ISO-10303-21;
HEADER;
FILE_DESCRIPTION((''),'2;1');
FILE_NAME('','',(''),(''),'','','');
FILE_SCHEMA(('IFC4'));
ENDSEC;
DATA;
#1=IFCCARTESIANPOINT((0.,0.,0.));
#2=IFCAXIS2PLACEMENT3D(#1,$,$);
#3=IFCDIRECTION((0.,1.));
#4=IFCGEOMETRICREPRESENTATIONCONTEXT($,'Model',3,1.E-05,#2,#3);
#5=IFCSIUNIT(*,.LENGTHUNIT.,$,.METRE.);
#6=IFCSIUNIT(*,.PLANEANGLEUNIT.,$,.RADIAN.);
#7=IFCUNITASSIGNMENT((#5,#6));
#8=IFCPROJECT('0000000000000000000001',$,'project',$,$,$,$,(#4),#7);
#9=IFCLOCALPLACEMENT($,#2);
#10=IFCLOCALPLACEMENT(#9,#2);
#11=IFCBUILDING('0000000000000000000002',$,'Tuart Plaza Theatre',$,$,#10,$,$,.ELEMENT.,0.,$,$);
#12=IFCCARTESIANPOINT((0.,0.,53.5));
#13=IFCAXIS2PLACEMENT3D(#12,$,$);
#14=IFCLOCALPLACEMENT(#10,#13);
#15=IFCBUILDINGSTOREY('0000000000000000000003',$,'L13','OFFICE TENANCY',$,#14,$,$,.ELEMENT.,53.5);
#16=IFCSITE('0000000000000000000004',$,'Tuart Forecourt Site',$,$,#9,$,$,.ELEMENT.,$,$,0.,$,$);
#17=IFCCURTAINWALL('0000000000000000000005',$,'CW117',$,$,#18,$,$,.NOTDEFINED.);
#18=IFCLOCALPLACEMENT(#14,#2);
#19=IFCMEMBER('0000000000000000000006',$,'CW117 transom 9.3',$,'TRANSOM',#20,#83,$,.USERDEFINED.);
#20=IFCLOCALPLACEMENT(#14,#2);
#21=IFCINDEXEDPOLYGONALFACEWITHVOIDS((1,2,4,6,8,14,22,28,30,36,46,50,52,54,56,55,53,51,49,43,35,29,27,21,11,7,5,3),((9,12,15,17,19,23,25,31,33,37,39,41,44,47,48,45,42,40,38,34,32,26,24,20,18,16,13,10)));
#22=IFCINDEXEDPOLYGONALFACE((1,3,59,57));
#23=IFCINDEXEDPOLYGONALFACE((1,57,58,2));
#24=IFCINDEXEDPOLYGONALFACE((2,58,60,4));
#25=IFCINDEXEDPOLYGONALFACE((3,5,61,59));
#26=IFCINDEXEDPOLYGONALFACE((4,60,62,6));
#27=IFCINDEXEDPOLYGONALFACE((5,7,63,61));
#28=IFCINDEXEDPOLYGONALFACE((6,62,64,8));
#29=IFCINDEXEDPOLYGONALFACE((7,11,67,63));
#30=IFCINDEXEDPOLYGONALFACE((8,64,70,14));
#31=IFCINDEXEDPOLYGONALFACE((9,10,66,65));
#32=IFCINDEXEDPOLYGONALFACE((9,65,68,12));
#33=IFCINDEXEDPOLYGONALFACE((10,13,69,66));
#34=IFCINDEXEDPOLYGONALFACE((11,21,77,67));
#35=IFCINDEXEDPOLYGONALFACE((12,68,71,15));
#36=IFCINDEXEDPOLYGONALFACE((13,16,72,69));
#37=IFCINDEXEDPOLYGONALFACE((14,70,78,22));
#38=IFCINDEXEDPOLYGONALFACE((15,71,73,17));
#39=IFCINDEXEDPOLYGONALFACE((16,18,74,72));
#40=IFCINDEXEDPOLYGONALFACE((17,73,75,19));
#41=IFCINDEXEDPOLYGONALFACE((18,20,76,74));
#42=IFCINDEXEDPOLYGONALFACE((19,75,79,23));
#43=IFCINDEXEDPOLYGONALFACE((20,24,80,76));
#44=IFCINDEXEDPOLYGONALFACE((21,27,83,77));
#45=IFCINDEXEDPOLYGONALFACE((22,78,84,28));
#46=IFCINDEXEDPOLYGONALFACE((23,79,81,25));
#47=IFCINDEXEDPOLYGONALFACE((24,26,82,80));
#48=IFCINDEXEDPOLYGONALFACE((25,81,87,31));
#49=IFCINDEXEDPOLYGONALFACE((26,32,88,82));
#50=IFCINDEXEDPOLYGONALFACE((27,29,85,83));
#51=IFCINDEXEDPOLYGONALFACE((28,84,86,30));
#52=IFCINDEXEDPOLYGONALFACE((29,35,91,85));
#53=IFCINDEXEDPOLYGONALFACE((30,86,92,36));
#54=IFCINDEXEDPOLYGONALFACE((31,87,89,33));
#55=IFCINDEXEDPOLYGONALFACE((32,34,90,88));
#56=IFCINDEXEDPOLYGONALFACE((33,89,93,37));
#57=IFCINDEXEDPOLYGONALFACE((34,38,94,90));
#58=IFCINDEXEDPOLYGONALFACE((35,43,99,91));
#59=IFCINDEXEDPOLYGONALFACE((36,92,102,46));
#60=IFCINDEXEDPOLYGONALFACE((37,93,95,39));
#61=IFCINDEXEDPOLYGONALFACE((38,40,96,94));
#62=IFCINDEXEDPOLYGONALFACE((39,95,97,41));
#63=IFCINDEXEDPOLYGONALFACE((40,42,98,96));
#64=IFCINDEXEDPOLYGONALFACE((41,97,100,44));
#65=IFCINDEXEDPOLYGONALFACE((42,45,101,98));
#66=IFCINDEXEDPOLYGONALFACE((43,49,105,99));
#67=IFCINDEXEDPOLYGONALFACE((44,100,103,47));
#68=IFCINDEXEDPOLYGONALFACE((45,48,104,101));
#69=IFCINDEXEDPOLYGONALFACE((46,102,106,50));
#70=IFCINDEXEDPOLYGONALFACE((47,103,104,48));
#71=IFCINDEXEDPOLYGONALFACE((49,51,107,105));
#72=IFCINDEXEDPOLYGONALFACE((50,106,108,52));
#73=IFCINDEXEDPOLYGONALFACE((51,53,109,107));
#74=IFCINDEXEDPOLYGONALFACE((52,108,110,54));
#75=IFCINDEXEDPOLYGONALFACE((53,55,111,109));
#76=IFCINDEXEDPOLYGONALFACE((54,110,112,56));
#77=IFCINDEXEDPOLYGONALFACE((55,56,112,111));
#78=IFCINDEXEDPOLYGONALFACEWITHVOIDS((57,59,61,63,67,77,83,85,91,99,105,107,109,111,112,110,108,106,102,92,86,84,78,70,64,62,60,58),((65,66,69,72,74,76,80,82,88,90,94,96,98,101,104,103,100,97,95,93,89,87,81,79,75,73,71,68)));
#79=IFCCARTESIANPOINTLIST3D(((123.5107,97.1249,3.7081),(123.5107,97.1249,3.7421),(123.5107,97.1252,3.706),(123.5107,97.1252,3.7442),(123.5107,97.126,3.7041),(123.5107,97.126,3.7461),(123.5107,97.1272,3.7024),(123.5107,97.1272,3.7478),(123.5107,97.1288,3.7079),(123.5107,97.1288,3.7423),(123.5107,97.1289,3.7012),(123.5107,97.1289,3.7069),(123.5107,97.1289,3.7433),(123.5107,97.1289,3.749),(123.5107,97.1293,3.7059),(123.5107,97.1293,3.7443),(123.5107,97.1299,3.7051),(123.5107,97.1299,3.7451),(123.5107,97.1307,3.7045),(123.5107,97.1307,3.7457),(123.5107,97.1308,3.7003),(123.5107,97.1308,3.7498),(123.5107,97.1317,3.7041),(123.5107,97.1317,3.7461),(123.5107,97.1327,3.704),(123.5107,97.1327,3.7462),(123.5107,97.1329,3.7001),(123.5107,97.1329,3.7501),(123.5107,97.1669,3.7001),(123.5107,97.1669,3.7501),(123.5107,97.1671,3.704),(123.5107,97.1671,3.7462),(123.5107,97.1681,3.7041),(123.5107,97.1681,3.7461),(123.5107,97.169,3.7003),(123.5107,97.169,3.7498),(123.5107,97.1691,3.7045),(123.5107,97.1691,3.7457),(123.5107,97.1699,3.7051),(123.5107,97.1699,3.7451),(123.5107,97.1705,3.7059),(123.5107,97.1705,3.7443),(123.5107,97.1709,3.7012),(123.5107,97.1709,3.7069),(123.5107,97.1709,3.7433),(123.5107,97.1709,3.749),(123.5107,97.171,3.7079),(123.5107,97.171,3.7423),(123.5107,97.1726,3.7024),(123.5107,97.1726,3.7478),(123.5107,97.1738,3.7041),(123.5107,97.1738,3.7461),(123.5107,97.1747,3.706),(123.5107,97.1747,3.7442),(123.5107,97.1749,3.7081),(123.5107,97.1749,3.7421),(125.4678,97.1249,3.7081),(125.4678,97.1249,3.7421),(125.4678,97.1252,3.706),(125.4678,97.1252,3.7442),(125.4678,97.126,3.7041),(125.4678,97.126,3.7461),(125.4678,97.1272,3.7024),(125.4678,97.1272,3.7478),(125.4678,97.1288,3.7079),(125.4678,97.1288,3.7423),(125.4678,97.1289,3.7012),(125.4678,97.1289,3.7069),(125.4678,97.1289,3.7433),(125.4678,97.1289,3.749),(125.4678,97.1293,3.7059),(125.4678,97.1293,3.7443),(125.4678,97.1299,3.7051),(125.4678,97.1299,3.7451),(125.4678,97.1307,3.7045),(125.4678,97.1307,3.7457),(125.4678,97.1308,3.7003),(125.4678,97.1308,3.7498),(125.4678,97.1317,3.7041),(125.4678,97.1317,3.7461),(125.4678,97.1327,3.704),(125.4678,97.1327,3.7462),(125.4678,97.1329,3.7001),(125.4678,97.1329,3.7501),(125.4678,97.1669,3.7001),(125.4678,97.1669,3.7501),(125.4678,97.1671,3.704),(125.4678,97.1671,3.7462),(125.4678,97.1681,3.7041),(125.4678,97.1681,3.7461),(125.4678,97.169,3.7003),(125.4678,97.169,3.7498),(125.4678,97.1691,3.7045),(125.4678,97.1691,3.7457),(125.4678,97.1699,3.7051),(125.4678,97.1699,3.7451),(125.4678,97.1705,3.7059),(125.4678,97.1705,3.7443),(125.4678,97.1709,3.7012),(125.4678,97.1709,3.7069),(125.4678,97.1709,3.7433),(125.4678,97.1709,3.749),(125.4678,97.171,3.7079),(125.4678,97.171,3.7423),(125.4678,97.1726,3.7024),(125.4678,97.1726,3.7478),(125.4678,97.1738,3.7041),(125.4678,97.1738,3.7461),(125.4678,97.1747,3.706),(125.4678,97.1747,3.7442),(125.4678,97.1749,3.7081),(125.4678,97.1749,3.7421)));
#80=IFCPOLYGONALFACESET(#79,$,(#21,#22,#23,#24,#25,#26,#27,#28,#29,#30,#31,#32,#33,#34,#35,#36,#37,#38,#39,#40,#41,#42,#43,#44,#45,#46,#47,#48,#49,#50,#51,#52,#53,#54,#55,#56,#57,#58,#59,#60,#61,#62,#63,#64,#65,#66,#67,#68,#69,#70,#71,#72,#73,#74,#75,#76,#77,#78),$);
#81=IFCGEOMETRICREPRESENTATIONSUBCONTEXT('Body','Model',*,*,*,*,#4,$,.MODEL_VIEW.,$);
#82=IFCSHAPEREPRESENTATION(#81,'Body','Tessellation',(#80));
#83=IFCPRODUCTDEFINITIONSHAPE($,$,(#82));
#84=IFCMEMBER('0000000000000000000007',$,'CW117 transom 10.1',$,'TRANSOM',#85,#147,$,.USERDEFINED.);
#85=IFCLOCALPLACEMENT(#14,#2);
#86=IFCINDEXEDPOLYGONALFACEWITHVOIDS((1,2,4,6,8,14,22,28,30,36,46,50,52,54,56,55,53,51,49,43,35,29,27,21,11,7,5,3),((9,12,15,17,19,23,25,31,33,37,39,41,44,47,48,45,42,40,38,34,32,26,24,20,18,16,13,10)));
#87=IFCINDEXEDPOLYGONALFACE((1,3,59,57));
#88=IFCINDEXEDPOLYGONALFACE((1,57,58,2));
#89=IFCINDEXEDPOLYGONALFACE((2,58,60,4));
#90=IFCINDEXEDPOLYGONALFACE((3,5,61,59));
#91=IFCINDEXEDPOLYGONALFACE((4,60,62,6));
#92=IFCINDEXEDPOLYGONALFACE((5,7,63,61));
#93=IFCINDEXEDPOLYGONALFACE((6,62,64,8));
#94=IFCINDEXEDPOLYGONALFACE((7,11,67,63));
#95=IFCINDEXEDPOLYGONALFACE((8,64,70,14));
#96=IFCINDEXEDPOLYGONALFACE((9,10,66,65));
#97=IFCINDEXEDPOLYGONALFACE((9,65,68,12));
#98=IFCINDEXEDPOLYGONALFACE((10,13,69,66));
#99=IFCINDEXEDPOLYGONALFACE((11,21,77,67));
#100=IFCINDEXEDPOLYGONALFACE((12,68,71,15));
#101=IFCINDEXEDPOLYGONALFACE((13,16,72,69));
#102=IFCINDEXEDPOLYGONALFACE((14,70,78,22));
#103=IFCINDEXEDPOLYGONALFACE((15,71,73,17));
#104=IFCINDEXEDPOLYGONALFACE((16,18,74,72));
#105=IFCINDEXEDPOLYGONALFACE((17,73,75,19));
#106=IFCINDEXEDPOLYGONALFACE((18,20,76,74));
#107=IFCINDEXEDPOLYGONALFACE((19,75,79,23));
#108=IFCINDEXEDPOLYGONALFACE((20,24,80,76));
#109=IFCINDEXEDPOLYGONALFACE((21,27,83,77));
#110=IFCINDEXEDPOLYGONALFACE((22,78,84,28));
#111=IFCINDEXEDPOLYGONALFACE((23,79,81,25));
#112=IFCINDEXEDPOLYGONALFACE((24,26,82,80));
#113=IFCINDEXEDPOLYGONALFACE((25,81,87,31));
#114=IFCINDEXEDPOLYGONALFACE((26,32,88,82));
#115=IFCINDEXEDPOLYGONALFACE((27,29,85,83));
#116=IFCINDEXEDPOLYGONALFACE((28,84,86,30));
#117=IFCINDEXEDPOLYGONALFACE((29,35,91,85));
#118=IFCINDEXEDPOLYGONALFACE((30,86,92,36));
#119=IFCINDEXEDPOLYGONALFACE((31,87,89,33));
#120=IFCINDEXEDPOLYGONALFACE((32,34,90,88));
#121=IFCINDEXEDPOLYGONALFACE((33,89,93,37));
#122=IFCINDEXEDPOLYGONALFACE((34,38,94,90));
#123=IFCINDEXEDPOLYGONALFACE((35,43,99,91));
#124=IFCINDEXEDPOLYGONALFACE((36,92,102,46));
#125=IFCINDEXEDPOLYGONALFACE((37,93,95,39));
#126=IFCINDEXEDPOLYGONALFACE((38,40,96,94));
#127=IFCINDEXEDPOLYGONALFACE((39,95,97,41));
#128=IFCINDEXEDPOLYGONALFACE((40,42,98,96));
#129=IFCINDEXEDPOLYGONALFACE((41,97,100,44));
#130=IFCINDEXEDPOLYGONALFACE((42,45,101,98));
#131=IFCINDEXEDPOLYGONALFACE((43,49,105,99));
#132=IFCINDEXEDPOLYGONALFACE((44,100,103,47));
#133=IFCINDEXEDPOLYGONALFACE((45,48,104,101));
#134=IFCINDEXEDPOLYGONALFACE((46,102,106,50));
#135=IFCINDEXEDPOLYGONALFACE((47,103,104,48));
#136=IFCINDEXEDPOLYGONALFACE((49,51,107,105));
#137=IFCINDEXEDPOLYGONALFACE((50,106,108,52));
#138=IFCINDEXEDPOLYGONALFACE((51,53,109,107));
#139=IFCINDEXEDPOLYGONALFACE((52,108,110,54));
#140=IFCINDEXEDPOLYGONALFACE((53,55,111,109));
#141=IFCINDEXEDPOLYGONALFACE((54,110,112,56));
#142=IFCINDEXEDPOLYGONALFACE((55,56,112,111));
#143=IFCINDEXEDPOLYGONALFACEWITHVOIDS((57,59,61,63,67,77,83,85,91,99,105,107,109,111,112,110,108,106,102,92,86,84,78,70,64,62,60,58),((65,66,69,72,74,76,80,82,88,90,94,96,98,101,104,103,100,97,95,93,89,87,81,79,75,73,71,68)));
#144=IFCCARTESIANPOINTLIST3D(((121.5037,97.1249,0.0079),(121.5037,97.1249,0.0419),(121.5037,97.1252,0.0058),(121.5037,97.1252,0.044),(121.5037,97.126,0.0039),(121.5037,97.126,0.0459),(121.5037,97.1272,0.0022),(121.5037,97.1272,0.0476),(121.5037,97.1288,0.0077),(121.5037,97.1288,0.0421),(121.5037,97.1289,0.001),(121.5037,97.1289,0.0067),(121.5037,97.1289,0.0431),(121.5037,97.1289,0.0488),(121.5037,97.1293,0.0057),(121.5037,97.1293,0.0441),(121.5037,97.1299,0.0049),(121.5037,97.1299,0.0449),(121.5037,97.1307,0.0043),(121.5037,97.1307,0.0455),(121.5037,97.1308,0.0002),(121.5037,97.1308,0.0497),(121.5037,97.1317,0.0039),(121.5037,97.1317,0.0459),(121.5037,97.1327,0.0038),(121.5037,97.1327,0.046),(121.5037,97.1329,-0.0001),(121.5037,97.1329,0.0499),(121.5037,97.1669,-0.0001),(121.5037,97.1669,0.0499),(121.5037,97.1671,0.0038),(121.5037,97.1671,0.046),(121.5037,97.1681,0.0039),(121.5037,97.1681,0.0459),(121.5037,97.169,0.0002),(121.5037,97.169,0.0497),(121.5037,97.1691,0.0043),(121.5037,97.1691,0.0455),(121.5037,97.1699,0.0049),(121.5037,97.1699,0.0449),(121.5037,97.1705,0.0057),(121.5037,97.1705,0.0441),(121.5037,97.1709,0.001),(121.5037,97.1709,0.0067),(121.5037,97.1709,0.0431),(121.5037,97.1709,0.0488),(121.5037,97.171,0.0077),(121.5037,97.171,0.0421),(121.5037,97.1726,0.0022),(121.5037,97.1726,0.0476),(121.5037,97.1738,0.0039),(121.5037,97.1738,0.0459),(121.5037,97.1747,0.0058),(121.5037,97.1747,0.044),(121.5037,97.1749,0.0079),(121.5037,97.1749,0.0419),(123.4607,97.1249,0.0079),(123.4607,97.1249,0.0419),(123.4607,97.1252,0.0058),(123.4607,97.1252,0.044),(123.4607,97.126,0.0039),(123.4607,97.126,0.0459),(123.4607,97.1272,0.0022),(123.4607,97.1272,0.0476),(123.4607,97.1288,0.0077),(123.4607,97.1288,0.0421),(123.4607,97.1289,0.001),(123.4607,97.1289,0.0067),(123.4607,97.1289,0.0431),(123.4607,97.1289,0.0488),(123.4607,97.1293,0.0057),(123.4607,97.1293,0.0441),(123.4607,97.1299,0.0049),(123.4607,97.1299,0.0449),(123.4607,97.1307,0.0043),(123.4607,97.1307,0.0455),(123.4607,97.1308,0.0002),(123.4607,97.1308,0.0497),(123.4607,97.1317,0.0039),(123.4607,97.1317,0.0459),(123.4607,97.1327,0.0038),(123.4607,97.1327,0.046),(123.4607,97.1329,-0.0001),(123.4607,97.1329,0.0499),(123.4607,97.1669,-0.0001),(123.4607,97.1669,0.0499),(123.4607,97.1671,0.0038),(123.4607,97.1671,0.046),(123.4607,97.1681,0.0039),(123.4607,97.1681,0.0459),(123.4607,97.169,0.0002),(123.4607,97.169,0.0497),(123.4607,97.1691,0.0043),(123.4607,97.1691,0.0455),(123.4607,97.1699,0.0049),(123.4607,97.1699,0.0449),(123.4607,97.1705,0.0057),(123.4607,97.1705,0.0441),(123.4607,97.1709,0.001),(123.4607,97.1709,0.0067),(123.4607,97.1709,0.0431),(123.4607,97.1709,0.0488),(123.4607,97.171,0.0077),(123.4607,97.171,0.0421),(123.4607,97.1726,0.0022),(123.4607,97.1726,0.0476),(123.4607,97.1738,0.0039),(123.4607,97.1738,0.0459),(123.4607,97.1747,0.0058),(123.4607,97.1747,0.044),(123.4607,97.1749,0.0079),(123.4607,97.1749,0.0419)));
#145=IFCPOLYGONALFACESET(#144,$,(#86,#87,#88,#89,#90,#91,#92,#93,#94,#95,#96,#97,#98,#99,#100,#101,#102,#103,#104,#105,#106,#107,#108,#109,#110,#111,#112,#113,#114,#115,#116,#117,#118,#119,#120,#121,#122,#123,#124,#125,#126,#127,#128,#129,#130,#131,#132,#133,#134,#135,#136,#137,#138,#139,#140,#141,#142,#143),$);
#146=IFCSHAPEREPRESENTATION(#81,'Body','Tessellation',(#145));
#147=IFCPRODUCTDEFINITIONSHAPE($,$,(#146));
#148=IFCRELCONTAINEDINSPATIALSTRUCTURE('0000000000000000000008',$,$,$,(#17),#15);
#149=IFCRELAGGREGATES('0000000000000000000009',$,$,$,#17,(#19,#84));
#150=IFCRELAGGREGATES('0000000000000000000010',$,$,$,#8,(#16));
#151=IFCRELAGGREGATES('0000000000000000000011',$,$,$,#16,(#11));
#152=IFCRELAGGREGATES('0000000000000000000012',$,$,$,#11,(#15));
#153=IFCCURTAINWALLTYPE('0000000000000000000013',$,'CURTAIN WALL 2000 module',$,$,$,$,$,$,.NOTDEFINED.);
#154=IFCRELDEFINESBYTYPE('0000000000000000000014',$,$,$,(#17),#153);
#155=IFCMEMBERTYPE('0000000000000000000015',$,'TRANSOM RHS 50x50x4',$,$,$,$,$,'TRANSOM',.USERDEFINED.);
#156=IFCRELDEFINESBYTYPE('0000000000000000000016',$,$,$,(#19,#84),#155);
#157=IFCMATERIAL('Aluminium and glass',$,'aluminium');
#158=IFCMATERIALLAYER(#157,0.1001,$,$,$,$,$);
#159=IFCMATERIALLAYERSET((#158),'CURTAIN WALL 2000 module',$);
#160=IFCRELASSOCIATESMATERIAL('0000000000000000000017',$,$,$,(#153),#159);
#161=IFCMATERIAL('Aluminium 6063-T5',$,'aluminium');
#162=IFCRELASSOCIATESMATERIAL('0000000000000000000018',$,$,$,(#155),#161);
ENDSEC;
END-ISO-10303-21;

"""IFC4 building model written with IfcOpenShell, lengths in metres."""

from ifc_helpers import new_model, si_unit, direction, frame, origin, origin_2d, place, context, subcontext, project, spatial, hollow_rectangle, extrude, material, layer, layer_set, material_profile, profile_set, type_object, element, aggregate, save


model = new_model("IFC4")

# Units and contexts
model_context = context("Model", 3, precision=1e-05, world=origin(), true_north=direction((0.0, 1.0)))
body_context = subcontext(model_context, "Body", "Model", "MODEL_VIEW")
ifc_project = project(units=[si_unit("LENGTHUNIT", "METRE"), si_unit("PLANEANGLEUNIT", "RADIAN")], contexts=[model_context])

# Site, building, storey
site_placement = place(None, origin())
site = spatial("IfcSite", under=ifc_project, at=site_placement, Name="Tuart Forecourt Site", CompositionType="ELEMENT", RefElevation=0.0)
building_placement = place(site_placement, origin())
building = spatial("IfcBuilding", under=site, at=building_placement, Name="Tuart Plaza Theatre", CompositionType="ELEMENT", ElevationOfRefHeight=0.0)
storey_placement = place(building_placement, frame((0.0, 0.0, 53.5)))
storey = spatial("IfcBuildingStorey", under=building, at=storey_placement, Name="L13", Description="OFFICE TENANCY", CompositionType="ELEMENT", Elevation=53.5)

# Curtain wall, members
ifc_material_1 = material(Name="Aluminium and glass", Category="aluminium")
ifc_layer_1 = layer(ifc_material_1, 0.1001)
ifc_layer_set_1 = layer_set([ifc_layer_1], Name="CURTAIN WALL 2000 module")
curtain_wall_type = type_object("IfcCurtainWallType", Name="CURTAIN WALL 2000 module", PredefinedType="NOTDEFINED", material=ifc_layer_set_1)
curtain_wall_placement = place(storey_placement, origin())
curtain_wall = element("IfcCurtainWall", 1, at=curtain_wall_placement, inside=storey, type_object=curtain_wall_type, Name="CW117", PredefinedType="NOTDEFINED")
ifc_material_2 = material(Name="Aluminium 6063-T5", Category="aluminium")
ifc_material_profile_1 = material_profile(ifc_material_2, hollow_rectangle(XDim=0.05, YDim=0.05, WallThickness=0.0039, InnerFilletRadius=0.0039, OuterFilletRadius=0.0081, at=origin_2d()), Name="RHS 50x50x4")
ifc_profile_set_1 = profile_set([ifc_material_profile_1], Name="Aluminium 6063-T5")
member_type_1 = type_object("IfcMemberType", Name="TRANSOM RHS 50x50x4", ElementType="TRANSOM", PredefinedType="USERDEFINED", material=ifc_profile_set_1)
member_1_placement = place(storey_placement, frame((125.4678, 97.1499, 3.7251), z_axis=(-1.0, 0.0, 0.0), x_axis=(0.0, -1.0, 0.0)))
member_1 = element("IfcMember", 2, at=member_1_placement, type_object=member_type_1, Name="CW117 transom 9.3", ObjectType="TRANSOM", PredefinedType="USERDEFINED", context=body_context, shape_type="SweptSolid", body=[
    extrude(hollow_rectangle(XDim=0.05, YDim=0.05, WallThickness=0.0039, InnerFilletRadius=0.0039, OuterFilletRadius=0.0081, at=origin_2d()), origin(), (0.0, 0.0, 1.0), 1.957),
])
member_2_placement = place(storey_placement, frame((123.4607, 97.1499, 0.0249), z_axis=(-1.0, 0.0, 0.0), x_axis=(0.0, -1.0, 0.0)))
member_2 = element("IfcMember", 3, at=member_2_placement, type_object=member_type_1, Name="CW117 transom 10.1", ObjectType="TRANSOM", PredefinedType="USERDEFINED", context=body_context, shape_type="SweptSolid", body=[
    extrude(hollow_rectangle(XDim=0.05, YDim=0.05, WallThickness=0.0039, InnerFilletRadius=0.0039, OuterFilletRadius=0.0081, at=origin_2d()), origin(), (0.0, 0.0, 1.0), 1.957),
])
aggregate(curtain_wall, [member_1, member_2])

save(model, "model.ifc")
